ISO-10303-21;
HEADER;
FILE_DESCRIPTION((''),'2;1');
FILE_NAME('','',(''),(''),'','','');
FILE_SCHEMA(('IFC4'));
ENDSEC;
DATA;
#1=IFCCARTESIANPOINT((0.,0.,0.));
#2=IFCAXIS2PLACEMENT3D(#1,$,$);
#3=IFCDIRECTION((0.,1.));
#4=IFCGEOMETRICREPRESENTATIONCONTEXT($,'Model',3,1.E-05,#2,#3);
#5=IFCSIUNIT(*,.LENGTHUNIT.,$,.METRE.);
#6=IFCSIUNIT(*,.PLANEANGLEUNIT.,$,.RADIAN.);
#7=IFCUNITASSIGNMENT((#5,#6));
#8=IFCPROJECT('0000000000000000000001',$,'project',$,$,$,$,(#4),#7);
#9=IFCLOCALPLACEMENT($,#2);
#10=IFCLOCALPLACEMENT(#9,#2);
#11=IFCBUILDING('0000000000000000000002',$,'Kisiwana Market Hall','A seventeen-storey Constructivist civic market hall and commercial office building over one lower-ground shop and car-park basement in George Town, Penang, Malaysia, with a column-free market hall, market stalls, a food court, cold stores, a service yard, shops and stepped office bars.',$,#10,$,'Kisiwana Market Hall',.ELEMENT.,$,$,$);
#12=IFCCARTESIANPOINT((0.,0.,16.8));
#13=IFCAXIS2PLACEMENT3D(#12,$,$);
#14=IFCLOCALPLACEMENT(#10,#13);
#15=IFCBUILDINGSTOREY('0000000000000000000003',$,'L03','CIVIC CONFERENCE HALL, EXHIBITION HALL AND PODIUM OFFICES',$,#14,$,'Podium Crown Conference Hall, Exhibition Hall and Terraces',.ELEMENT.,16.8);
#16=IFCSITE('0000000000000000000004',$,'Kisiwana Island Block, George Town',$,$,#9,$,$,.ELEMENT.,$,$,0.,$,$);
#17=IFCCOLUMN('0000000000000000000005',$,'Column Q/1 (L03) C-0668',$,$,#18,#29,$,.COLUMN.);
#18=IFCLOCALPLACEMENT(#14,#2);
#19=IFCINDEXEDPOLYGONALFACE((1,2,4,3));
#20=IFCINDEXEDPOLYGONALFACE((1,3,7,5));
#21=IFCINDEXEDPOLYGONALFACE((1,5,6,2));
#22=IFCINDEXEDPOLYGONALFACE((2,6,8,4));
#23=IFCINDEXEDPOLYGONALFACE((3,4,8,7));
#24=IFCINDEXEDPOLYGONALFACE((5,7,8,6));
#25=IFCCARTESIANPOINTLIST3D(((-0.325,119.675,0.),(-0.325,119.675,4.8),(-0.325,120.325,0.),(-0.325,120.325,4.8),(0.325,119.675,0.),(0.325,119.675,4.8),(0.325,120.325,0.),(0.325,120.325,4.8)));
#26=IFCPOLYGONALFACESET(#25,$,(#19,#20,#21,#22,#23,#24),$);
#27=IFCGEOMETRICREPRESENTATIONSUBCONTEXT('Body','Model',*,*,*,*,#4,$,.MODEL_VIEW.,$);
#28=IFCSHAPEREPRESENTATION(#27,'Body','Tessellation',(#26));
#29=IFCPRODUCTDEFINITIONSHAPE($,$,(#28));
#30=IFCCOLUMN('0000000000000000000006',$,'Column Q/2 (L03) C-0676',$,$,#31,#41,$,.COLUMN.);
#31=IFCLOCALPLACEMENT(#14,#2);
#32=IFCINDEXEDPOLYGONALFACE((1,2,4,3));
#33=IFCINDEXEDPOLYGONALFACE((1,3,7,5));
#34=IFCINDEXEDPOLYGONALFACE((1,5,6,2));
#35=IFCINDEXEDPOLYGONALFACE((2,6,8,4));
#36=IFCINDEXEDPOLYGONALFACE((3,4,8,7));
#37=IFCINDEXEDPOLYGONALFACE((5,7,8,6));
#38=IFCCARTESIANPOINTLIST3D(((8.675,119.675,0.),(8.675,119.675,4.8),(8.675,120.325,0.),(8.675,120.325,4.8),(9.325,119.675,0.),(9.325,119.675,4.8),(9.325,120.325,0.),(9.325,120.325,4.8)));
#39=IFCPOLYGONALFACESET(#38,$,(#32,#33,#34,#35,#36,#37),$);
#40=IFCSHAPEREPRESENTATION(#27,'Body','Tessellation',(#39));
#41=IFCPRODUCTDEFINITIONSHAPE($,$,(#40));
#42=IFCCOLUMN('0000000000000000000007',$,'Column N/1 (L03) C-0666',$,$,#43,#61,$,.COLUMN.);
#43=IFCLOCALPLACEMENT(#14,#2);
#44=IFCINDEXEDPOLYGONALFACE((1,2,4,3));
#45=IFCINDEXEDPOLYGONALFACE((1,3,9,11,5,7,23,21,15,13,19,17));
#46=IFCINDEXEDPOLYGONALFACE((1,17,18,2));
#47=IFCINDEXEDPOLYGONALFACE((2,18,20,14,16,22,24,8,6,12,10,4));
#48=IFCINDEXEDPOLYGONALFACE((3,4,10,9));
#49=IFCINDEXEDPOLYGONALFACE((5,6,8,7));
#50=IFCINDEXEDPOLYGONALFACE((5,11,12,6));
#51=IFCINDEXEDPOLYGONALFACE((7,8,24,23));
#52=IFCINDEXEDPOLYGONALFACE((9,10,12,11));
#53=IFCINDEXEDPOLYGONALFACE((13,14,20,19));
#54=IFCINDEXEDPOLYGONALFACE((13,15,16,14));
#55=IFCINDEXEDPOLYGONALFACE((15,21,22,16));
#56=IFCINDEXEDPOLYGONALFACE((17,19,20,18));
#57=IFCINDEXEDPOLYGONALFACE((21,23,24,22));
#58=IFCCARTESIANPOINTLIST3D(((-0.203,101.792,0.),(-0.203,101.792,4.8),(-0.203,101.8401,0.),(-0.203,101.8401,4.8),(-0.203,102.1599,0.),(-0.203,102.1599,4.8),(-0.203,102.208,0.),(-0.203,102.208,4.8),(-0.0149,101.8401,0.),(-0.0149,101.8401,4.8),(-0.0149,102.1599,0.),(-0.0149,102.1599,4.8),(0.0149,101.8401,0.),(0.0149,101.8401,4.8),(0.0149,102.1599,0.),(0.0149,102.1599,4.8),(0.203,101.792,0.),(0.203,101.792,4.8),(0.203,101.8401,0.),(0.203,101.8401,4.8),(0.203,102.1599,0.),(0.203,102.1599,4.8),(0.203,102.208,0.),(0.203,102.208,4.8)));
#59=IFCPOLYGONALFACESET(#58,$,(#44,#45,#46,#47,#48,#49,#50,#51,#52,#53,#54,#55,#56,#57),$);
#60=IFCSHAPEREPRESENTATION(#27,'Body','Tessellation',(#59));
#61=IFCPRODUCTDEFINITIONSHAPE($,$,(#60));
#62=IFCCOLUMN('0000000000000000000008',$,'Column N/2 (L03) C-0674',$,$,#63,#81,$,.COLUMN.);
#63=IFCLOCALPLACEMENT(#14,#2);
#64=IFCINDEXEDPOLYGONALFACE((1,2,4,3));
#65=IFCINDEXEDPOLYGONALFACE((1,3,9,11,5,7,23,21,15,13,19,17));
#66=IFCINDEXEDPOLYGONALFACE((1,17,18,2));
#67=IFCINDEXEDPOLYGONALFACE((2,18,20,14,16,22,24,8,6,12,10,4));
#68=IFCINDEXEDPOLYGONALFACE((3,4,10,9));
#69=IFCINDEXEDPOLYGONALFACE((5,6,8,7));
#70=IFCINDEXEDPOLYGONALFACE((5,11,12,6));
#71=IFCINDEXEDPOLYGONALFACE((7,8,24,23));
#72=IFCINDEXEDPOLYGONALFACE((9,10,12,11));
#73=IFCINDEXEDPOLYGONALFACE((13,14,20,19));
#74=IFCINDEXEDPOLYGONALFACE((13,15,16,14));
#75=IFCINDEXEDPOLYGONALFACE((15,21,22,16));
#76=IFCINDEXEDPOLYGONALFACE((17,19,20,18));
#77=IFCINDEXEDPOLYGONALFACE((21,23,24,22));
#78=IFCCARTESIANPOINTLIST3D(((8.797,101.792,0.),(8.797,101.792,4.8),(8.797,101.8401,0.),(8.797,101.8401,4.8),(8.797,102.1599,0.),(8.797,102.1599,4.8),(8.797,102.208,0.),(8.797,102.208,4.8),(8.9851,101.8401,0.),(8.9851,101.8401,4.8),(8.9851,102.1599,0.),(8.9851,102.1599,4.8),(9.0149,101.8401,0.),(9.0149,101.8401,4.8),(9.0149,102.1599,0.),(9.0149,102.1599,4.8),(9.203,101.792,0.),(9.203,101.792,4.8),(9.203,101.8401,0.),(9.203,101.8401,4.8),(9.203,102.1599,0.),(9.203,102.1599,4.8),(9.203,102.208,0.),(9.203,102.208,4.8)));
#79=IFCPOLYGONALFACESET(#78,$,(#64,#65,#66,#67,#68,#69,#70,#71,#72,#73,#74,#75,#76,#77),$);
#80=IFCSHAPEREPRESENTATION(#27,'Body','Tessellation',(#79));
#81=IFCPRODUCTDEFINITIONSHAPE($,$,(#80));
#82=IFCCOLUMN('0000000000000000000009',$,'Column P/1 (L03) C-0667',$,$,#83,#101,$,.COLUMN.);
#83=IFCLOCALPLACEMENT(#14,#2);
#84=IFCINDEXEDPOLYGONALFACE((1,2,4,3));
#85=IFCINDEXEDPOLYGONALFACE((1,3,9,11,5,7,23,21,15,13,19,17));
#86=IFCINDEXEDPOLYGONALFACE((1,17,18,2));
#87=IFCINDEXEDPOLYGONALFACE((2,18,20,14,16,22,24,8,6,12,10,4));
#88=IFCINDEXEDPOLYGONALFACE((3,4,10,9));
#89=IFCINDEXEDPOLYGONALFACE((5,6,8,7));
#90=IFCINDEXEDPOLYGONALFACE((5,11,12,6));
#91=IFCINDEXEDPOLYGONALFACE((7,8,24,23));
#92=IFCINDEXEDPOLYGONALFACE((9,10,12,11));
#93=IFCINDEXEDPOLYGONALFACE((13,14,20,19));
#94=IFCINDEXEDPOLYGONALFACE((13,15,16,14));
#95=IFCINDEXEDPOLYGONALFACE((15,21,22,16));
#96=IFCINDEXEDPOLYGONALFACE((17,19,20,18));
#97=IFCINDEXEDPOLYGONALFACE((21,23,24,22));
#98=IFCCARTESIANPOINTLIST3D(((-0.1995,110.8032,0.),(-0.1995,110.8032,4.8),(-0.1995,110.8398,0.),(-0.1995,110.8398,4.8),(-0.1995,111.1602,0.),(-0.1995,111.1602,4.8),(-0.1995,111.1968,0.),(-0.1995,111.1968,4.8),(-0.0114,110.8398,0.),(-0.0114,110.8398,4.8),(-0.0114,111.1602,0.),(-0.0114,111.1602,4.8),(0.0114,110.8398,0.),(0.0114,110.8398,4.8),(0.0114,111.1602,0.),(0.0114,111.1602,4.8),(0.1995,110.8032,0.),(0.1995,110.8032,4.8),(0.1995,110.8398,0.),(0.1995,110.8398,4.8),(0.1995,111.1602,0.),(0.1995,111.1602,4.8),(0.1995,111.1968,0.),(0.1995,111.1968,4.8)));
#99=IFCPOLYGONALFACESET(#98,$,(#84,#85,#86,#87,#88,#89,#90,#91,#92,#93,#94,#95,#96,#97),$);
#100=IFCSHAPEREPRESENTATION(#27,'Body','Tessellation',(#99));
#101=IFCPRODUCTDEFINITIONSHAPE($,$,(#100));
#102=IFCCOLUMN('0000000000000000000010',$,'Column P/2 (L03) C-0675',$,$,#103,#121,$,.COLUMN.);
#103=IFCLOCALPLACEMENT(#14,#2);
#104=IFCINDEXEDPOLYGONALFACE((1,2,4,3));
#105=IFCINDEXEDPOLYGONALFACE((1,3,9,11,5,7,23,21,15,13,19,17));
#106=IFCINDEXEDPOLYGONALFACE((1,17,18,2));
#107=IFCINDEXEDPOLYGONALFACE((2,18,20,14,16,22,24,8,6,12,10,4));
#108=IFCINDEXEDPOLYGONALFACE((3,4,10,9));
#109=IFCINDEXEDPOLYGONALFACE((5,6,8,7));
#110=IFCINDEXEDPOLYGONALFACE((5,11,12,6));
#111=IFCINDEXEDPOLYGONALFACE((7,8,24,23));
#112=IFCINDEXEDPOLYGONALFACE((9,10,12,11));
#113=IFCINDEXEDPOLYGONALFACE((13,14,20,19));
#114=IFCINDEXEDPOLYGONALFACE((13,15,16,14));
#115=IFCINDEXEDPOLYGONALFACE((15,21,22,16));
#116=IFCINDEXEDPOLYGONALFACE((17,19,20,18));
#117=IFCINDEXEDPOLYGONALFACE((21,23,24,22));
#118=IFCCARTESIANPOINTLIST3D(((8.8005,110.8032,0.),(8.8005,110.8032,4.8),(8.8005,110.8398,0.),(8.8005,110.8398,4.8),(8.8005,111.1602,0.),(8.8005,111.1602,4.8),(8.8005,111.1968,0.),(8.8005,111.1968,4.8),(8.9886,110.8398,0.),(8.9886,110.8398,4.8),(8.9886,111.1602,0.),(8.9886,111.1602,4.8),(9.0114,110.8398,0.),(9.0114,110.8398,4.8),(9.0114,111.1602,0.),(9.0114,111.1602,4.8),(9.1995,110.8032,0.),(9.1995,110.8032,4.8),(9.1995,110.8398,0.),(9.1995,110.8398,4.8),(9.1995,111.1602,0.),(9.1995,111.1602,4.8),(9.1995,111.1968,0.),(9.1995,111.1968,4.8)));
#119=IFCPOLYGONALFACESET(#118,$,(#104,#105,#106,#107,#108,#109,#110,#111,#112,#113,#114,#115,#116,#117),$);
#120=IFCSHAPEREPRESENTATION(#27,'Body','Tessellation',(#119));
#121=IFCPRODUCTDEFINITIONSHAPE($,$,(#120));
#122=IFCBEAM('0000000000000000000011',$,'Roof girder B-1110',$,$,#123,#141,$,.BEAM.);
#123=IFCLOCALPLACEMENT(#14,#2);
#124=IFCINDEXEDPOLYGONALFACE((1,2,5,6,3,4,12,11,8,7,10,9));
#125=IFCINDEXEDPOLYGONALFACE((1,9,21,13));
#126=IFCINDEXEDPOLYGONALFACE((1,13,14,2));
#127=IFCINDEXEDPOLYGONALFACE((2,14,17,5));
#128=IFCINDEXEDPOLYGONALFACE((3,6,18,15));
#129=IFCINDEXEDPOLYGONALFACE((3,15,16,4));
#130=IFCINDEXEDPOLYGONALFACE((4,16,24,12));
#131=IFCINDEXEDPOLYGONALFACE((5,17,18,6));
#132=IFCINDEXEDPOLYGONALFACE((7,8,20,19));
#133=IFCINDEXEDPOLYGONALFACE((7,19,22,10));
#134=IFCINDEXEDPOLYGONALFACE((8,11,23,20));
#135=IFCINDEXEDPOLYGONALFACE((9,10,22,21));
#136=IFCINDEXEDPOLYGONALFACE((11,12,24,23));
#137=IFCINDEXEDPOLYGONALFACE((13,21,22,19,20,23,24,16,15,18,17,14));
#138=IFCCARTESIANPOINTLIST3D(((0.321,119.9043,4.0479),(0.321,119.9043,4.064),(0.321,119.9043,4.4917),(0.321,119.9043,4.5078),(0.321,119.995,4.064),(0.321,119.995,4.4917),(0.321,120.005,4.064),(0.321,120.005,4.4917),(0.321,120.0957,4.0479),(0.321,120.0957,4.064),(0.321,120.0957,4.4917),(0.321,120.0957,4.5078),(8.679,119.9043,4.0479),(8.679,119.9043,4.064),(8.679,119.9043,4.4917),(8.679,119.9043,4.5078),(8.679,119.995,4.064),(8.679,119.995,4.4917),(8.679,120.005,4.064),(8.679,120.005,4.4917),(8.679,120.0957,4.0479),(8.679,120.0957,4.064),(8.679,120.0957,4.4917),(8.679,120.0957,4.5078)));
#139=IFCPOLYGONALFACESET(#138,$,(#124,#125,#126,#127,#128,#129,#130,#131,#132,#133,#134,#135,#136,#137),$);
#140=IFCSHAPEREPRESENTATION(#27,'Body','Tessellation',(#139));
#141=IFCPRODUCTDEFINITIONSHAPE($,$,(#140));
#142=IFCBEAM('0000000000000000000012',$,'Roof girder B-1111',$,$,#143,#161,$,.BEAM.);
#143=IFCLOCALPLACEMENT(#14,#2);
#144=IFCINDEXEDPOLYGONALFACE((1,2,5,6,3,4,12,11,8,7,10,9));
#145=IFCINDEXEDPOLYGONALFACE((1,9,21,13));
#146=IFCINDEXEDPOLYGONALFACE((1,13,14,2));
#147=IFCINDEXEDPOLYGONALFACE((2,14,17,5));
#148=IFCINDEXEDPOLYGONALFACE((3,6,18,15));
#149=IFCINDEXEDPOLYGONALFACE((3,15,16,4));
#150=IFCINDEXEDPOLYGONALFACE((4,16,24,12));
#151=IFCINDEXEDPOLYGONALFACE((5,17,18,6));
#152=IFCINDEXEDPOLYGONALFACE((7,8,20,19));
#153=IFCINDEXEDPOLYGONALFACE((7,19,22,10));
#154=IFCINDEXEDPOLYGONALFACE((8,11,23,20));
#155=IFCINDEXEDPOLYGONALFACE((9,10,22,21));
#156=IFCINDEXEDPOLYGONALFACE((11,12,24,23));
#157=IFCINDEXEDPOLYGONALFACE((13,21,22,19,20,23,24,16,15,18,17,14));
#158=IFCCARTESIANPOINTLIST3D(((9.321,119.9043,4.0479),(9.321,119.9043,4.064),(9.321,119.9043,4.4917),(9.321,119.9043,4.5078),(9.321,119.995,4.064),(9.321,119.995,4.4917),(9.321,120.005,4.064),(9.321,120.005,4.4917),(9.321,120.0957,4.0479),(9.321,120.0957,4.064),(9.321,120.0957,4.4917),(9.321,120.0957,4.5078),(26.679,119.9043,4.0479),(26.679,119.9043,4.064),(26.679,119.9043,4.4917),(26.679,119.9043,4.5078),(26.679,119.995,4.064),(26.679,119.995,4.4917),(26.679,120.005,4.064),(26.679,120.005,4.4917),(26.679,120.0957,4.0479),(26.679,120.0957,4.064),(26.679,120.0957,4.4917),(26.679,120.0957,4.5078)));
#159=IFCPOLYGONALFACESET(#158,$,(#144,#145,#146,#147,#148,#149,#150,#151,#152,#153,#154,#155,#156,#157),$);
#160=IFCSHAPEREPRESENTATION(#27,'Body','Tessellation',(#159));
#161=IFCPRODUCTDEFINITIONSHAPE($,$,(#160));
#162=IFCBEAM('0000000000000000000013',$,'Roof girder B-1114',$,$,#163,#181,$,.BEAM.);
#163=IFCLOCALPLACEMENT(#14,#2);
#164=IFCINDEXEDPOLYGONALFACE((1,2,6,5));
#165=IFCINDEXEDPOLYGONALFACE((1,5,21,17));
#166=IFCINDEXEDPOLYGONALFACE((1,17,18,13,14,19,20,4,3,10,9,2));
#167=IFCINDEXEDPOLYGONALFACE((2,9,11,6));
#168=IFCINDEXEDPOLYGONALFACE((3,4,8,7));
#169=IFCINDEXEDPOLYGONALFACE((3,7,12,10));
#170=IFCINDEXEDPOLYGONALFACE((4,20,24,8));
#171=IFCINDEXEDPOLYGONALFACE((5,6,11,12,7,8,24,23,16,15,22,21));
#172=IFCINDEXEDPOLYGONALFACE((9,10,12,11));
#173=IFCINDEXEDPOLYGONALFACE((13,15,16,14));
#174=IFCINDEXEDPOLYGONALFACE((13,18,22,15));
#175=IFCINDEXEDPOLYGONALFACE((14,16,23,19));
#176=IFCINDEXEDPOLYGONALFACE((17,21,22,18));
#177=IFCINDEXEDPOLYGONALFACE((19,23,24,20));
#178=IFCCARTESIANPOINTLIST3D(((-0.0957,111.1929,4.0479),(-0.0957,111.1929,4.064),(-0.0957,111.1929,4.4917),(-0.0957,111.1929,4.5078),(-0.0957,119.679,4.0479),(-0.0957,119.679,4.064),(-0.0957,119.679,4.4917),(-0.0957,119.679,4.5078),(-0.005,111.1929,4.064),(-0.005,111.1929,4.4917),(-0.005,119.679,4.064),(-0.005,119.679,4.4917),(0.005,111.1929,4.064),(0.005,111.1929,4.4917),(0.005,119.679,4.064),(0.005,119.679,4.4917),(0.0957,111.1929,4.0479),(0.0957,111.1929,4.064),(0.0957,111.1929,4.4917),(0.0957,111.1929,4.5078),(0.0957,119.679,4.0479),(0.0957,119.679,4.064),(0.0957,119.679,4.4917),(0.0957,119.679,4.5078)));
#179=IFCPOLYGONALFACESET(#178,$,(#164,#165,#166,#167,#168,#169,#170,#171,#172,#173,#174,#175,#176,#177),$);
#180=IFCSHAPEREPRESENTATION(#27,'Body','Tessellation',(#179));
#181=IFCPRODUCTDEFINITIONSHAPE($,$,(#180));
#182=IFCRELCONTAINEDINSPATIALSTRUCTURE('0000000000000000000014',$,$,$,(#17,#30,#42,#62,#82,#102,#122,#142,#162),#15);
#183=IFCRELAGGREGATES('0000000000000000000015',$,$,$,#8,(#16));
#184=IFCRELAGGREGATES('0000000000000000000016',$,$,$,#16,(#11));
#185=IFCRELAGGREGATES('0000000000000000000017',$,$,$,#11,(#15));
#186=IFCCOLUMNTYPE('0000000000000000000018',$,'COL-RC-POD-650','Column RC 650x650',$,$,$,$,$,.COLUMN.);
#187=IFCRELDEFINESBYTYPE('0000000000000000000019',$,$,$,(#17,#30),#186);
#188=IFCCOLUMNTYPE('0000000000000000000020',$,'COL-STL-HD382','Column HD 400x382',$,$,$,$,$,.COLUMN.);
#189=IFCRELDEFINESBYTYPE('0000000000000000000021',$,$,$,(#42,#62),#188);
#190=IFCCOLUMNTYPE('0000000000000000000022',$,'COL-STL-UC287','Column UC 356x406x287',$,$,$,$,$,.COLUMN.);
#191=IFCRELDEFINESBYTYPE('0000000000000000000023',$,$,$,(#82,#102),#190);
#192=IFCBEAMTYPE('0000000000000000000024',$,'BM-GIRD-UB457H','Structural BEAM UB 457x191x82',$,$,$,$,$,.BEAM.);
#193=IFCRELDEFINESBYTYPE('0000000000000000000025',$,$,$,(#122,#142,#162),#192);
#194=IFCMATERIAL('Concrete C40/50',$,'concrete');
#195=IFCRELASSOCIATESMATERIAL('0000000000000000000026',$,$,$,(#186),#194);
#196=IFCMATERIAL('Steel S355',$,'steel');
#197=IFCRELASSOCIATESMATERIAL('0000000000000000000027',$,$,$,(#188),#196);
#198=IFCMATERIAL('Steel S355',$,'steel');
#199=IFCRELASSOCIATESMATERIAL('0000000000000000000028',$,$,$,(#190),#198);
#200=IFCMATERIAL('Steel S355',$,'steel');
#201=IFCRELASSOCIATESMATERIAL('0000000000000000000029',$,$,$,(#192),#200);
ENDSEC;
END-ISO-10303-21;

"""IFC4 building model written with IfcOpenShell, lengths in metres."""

from ifc_helpers import new_model, si_unit, direction, frame, origin, origin_2d, place, context, subcontext, project, spatial, rectangle, i_section, extrude, material, material_profile, profile_set, type_object, element, save


model = new_model("IFC4")

# Units and contexts
model_context = context("Model", 3, precision=1e-05, world=origin(), true_north=direction((0.0, 1.0)))
body_context = subcontext(model_context, "Body", "Model", "MODEL_VIEW")
ifc_project = project(units=[si_unit("LENGTHUNIT", "METRE"), si_unit("PLANEANGLEUNIT", "RADIAN")], contexts=[model_context])

# Site, building, storey
site_placement = place(None, origin())
site = spatial("IfcSite", under=ifc_project, at=site_placement, Name="Kisiwana Island Block, George Town", CompositionType="ELEMENT", RefElevation=0.0)
building_placement = place(site_placement, origin())
building = spatial("IfcBuilding", under=site, at=building_placement, Name="Kisiwana Market Hall", Description="A seventeen-storey Constructivist civic market hall and commercial office building over one lower-ground shop and car-park basement in George Town, Penang, Malaysia, with a column-free market hall, market stalls, a food court, cold stores, a service yard, shops and stepped office bars.", LongName="Kisiwana Market Hall", CompositionType="ELEMENT")
storey_placement = place(building_placement, frame((0.0, 0.0, 16.8)))
storey = spatial("IfcBuildingStorey", under=building, at=storey_placement, Name="L03", Description="CIVIC CONFERENCE HALL, EXHIBITION HALL AND PODIUM OFFICES", LongName="Podium Crown Conference Hall, Exhibition Hall and Terraces", CompositionType="ELEMENT", Elevation=16.8)

# Columns
ifc_material_1 = material(Name="Concrete C40/50", Category="concrete")
ifc_material_profile_1 = material_profile(ifc_material_1, rectangle(XDim=0.6499, YDim=0.6499, at=origin_2d()), Name="RC 650x650")
ifc_profile_set_1 = profile_set([ifc_material_profile_1], Name="Concrete C40/50")
column_type_1 = type_object("IfcColumnType", Name="COL-RC-POD-650", Description="Column RC 650x650", PredefinedType="COLUMN", material=ifc_profile_set_1)
for number, where, z_axis, x_axis, name in (
    (1, (0.0, 120.0, 0.0), (0.0, 0.0, 1.0), (1.0, 0.0, 0.0), "Column Q/1 (L03) C-0668"),
    (2, (9.0, 120.0, 0.0), (0.0, 0.0, 1.0), (1.0, 0.0, 0.0), "Column Q/2 (L03) C-0676"),
):
    element("IfcColumn", number, at=place(storey_placement, frame(where, z_axis=z_axis, x_axis=x_axis)), inside=storey, type_object=column_type_1, Name=name, PredefinedType="COLUMN", context=body_context, shape_type="SweptSolid", body=[
        extrude(rectangle(XDim=0.6499, YDim=0.6499, at=origin_2d()), origin(), (0.0, 0.0, 1.0), 4.8),
    ])
ifc_material_2 = material(Name="Steel S355", Category="steel")
ifc_material_profile_2 = material_profile(ifc_material_2, i_section(OverallWidth=0.406, OverallDepth=0.416, WebThickness=0.0298, FlangeThickness=0.0481, at=origin_2d()), Name="HD 400x382")
ifc_profile_set_2 = profile_set([ifc_material_profile_2], Name="Steel S355")
column_type_2 = type_object("IfcColumnType", Name="COL-STL-HD382", Description="Column HD 400x382", PredefinedType="COLUMN", material=ifc_profile_set_2)
for number, where, z_axis, x_axis, name in (
    (3, (0.0, 102.0, 0.0), (0.0, 0.0, 1.0), (1.0, 0.0, 0.0), "Column N/1 (L03) C-0666"),
    (4, (9.0, 102.0, 0.0), (0.0, 0.0, 1.0), (1.0, 0.0, 0.0), "Column N/2 (L03) C-0674"),
):
    element("IfcColumn", number, at=place(storey_placement, frame(where, z_axis=z_axis, x_axis=x_axis)), inside=storey, type_object=column_type_2, Name=name, PredefinedType="COLUMN", context=body_context, shape_type="SweptSolid", body=[
        extrude(i_section(OverallWidth=0.406, OverallDepth=0.416, WebThickness=0.0298, FlangeThickness=0.0481, at=origin_2d()), origin(), (0.0, 0.0, 1.0), 4.8),
    ])
ifc_material_3 = material(Name="Steel S355", Category="steel")
ifc_material_profile_3 = material_profile(ifc_material_3, i_section(OverallWidth=0.3989, OverallDepth=0.3936, WebThickness=0.0227, FlangeThickness=0.0366, at=origin_2d()), Name="UC 356x406x287")
ifc_profile_set_3 = profile_set([ifc_material_profile_3], Name="Steel S355")
column_type_3 = type_object("IfcColumnType", Name="COL-STL-UC287", Description="Column UC 356x406x287", PredefinedType="COLUMN", material=ifc_profile_set_3)
for number, where, z_axis, x_axis, name in (
    (5, (0.0, 111.0, 0.0), (0.0, 0.0, 1.0), (1.0, 0.0, 0.0), "Column P/1 (L03) C-0667"),
    (6, (9.0, 111.0, 0.0), (0.0, 0.0, 1.0), (1.0, 0.0, 0.0), "Column P/2 (L03) C-0675"),
):
    element("IfcColumn", number, at=place(storey_placement, frame(where, z_axis=z_axis, x_axis=x_axis)), inside=storey, type_object=column_type_3, Name=name, PredefinedType="COLUMN", context=body_context, shape_type="SweptSolid", body=[
        extrude(i_section(OverallWidth=0.3989, OverallDepth=0.3936, WebThickness=0.0227, FlangeThickness=0.0366, at=origin_2d()), origin(), (0.0, 0.0, 1.0), 4.8),
    ])

# Beams
ifc_material_4 = material(Name="Steel S355", Category="steel")
ifc_material_profile_4 = material_profile(ifc_material_4, i_section(OverallWidth=0.1914, OverallDepth=0.46, WebThickness=0.01, FlangeThickness=0.0161, at=origin_2d()), Name="UB 457x191x82")
ifc_profile_set_4 = profile_set([ifc_material_profile_4], Name="Steel S355")
beam_type_1 = type_object("IfcBeamType", Name="BM-GIRD-UB457H", Description="Structural BEAM UB 457x191x82", PredefinedType="BEAM", material=ifc_profile_set_4)
beam_1_placement = place(storey_placement, frame((0.321, 120.0, 4.2778), z_axis=(1.0, 0.0, 0.0), x_axis=(0.0, 1.0, 0.0)))
element("IfcBeam", 7, at=beam_1_placement, inside=storey, type_object=beam_type_1, Name="Roof girder B-1110", PredefinedType="BEAM", context=body_context, shape_type="SweptSolid", body=[
    extrude(i_section(OverallWidth=0.1914, OverallDepth=0.46, WebThickness=0.01, FlangeThickness=0.0161, at=origin_2d()), origin(), (0.0, 0.0, 1.0), 8.3579),
])
beam_2_placement = place(storey_placement, frame((9.321, 120.0, 4.2778), z_axis=(1.0, 0.0, 0.0), x_axis=(0.0, 1.0, 0.0)))
element("IfcBeam", 8, at=beam_2_placement, inside=storey, type_object=beam_type_1, Name="Roof girder B-1111", PredefinedType="BEAM", context=body_context, shape_type="SweptSolid", body=[
    extrude(i_section(OverallWidth=0.1914, OverallDepth=0.46, WebThickness=0.01, FlangeThickness=0.0161, at=origin_2d()), origin(), (0.0, 0.0, 1.0), 17.3579),
])
for number, where, z_axis, x_axis, name in (
    (9, (0.0, 111.1929, 4.2778), (0.0, 1.0, 0.0), (-1.0, 0.0, 0.0), "Roof girder B-1114"),
):
    element("IfcBeam", number, at=place(storey_placement, frame(where, z_axis=z_axis, x_axis=x_axis)), inside=storey, type_object=beam_type_1, Name=name, PredefinedType="BEAM", context=body_context, shape_type="SweptSolid", body=[
        extrude(i_section(OverallWidth=0.1914, OverallDepth=0.46, WebThickness=0.01, FlangeThickness=0.0161, at=origin_2d()), origin(), (0.0, 0.0, 1.0), 8.4861),
    ])

save(model, "model.ifc")
